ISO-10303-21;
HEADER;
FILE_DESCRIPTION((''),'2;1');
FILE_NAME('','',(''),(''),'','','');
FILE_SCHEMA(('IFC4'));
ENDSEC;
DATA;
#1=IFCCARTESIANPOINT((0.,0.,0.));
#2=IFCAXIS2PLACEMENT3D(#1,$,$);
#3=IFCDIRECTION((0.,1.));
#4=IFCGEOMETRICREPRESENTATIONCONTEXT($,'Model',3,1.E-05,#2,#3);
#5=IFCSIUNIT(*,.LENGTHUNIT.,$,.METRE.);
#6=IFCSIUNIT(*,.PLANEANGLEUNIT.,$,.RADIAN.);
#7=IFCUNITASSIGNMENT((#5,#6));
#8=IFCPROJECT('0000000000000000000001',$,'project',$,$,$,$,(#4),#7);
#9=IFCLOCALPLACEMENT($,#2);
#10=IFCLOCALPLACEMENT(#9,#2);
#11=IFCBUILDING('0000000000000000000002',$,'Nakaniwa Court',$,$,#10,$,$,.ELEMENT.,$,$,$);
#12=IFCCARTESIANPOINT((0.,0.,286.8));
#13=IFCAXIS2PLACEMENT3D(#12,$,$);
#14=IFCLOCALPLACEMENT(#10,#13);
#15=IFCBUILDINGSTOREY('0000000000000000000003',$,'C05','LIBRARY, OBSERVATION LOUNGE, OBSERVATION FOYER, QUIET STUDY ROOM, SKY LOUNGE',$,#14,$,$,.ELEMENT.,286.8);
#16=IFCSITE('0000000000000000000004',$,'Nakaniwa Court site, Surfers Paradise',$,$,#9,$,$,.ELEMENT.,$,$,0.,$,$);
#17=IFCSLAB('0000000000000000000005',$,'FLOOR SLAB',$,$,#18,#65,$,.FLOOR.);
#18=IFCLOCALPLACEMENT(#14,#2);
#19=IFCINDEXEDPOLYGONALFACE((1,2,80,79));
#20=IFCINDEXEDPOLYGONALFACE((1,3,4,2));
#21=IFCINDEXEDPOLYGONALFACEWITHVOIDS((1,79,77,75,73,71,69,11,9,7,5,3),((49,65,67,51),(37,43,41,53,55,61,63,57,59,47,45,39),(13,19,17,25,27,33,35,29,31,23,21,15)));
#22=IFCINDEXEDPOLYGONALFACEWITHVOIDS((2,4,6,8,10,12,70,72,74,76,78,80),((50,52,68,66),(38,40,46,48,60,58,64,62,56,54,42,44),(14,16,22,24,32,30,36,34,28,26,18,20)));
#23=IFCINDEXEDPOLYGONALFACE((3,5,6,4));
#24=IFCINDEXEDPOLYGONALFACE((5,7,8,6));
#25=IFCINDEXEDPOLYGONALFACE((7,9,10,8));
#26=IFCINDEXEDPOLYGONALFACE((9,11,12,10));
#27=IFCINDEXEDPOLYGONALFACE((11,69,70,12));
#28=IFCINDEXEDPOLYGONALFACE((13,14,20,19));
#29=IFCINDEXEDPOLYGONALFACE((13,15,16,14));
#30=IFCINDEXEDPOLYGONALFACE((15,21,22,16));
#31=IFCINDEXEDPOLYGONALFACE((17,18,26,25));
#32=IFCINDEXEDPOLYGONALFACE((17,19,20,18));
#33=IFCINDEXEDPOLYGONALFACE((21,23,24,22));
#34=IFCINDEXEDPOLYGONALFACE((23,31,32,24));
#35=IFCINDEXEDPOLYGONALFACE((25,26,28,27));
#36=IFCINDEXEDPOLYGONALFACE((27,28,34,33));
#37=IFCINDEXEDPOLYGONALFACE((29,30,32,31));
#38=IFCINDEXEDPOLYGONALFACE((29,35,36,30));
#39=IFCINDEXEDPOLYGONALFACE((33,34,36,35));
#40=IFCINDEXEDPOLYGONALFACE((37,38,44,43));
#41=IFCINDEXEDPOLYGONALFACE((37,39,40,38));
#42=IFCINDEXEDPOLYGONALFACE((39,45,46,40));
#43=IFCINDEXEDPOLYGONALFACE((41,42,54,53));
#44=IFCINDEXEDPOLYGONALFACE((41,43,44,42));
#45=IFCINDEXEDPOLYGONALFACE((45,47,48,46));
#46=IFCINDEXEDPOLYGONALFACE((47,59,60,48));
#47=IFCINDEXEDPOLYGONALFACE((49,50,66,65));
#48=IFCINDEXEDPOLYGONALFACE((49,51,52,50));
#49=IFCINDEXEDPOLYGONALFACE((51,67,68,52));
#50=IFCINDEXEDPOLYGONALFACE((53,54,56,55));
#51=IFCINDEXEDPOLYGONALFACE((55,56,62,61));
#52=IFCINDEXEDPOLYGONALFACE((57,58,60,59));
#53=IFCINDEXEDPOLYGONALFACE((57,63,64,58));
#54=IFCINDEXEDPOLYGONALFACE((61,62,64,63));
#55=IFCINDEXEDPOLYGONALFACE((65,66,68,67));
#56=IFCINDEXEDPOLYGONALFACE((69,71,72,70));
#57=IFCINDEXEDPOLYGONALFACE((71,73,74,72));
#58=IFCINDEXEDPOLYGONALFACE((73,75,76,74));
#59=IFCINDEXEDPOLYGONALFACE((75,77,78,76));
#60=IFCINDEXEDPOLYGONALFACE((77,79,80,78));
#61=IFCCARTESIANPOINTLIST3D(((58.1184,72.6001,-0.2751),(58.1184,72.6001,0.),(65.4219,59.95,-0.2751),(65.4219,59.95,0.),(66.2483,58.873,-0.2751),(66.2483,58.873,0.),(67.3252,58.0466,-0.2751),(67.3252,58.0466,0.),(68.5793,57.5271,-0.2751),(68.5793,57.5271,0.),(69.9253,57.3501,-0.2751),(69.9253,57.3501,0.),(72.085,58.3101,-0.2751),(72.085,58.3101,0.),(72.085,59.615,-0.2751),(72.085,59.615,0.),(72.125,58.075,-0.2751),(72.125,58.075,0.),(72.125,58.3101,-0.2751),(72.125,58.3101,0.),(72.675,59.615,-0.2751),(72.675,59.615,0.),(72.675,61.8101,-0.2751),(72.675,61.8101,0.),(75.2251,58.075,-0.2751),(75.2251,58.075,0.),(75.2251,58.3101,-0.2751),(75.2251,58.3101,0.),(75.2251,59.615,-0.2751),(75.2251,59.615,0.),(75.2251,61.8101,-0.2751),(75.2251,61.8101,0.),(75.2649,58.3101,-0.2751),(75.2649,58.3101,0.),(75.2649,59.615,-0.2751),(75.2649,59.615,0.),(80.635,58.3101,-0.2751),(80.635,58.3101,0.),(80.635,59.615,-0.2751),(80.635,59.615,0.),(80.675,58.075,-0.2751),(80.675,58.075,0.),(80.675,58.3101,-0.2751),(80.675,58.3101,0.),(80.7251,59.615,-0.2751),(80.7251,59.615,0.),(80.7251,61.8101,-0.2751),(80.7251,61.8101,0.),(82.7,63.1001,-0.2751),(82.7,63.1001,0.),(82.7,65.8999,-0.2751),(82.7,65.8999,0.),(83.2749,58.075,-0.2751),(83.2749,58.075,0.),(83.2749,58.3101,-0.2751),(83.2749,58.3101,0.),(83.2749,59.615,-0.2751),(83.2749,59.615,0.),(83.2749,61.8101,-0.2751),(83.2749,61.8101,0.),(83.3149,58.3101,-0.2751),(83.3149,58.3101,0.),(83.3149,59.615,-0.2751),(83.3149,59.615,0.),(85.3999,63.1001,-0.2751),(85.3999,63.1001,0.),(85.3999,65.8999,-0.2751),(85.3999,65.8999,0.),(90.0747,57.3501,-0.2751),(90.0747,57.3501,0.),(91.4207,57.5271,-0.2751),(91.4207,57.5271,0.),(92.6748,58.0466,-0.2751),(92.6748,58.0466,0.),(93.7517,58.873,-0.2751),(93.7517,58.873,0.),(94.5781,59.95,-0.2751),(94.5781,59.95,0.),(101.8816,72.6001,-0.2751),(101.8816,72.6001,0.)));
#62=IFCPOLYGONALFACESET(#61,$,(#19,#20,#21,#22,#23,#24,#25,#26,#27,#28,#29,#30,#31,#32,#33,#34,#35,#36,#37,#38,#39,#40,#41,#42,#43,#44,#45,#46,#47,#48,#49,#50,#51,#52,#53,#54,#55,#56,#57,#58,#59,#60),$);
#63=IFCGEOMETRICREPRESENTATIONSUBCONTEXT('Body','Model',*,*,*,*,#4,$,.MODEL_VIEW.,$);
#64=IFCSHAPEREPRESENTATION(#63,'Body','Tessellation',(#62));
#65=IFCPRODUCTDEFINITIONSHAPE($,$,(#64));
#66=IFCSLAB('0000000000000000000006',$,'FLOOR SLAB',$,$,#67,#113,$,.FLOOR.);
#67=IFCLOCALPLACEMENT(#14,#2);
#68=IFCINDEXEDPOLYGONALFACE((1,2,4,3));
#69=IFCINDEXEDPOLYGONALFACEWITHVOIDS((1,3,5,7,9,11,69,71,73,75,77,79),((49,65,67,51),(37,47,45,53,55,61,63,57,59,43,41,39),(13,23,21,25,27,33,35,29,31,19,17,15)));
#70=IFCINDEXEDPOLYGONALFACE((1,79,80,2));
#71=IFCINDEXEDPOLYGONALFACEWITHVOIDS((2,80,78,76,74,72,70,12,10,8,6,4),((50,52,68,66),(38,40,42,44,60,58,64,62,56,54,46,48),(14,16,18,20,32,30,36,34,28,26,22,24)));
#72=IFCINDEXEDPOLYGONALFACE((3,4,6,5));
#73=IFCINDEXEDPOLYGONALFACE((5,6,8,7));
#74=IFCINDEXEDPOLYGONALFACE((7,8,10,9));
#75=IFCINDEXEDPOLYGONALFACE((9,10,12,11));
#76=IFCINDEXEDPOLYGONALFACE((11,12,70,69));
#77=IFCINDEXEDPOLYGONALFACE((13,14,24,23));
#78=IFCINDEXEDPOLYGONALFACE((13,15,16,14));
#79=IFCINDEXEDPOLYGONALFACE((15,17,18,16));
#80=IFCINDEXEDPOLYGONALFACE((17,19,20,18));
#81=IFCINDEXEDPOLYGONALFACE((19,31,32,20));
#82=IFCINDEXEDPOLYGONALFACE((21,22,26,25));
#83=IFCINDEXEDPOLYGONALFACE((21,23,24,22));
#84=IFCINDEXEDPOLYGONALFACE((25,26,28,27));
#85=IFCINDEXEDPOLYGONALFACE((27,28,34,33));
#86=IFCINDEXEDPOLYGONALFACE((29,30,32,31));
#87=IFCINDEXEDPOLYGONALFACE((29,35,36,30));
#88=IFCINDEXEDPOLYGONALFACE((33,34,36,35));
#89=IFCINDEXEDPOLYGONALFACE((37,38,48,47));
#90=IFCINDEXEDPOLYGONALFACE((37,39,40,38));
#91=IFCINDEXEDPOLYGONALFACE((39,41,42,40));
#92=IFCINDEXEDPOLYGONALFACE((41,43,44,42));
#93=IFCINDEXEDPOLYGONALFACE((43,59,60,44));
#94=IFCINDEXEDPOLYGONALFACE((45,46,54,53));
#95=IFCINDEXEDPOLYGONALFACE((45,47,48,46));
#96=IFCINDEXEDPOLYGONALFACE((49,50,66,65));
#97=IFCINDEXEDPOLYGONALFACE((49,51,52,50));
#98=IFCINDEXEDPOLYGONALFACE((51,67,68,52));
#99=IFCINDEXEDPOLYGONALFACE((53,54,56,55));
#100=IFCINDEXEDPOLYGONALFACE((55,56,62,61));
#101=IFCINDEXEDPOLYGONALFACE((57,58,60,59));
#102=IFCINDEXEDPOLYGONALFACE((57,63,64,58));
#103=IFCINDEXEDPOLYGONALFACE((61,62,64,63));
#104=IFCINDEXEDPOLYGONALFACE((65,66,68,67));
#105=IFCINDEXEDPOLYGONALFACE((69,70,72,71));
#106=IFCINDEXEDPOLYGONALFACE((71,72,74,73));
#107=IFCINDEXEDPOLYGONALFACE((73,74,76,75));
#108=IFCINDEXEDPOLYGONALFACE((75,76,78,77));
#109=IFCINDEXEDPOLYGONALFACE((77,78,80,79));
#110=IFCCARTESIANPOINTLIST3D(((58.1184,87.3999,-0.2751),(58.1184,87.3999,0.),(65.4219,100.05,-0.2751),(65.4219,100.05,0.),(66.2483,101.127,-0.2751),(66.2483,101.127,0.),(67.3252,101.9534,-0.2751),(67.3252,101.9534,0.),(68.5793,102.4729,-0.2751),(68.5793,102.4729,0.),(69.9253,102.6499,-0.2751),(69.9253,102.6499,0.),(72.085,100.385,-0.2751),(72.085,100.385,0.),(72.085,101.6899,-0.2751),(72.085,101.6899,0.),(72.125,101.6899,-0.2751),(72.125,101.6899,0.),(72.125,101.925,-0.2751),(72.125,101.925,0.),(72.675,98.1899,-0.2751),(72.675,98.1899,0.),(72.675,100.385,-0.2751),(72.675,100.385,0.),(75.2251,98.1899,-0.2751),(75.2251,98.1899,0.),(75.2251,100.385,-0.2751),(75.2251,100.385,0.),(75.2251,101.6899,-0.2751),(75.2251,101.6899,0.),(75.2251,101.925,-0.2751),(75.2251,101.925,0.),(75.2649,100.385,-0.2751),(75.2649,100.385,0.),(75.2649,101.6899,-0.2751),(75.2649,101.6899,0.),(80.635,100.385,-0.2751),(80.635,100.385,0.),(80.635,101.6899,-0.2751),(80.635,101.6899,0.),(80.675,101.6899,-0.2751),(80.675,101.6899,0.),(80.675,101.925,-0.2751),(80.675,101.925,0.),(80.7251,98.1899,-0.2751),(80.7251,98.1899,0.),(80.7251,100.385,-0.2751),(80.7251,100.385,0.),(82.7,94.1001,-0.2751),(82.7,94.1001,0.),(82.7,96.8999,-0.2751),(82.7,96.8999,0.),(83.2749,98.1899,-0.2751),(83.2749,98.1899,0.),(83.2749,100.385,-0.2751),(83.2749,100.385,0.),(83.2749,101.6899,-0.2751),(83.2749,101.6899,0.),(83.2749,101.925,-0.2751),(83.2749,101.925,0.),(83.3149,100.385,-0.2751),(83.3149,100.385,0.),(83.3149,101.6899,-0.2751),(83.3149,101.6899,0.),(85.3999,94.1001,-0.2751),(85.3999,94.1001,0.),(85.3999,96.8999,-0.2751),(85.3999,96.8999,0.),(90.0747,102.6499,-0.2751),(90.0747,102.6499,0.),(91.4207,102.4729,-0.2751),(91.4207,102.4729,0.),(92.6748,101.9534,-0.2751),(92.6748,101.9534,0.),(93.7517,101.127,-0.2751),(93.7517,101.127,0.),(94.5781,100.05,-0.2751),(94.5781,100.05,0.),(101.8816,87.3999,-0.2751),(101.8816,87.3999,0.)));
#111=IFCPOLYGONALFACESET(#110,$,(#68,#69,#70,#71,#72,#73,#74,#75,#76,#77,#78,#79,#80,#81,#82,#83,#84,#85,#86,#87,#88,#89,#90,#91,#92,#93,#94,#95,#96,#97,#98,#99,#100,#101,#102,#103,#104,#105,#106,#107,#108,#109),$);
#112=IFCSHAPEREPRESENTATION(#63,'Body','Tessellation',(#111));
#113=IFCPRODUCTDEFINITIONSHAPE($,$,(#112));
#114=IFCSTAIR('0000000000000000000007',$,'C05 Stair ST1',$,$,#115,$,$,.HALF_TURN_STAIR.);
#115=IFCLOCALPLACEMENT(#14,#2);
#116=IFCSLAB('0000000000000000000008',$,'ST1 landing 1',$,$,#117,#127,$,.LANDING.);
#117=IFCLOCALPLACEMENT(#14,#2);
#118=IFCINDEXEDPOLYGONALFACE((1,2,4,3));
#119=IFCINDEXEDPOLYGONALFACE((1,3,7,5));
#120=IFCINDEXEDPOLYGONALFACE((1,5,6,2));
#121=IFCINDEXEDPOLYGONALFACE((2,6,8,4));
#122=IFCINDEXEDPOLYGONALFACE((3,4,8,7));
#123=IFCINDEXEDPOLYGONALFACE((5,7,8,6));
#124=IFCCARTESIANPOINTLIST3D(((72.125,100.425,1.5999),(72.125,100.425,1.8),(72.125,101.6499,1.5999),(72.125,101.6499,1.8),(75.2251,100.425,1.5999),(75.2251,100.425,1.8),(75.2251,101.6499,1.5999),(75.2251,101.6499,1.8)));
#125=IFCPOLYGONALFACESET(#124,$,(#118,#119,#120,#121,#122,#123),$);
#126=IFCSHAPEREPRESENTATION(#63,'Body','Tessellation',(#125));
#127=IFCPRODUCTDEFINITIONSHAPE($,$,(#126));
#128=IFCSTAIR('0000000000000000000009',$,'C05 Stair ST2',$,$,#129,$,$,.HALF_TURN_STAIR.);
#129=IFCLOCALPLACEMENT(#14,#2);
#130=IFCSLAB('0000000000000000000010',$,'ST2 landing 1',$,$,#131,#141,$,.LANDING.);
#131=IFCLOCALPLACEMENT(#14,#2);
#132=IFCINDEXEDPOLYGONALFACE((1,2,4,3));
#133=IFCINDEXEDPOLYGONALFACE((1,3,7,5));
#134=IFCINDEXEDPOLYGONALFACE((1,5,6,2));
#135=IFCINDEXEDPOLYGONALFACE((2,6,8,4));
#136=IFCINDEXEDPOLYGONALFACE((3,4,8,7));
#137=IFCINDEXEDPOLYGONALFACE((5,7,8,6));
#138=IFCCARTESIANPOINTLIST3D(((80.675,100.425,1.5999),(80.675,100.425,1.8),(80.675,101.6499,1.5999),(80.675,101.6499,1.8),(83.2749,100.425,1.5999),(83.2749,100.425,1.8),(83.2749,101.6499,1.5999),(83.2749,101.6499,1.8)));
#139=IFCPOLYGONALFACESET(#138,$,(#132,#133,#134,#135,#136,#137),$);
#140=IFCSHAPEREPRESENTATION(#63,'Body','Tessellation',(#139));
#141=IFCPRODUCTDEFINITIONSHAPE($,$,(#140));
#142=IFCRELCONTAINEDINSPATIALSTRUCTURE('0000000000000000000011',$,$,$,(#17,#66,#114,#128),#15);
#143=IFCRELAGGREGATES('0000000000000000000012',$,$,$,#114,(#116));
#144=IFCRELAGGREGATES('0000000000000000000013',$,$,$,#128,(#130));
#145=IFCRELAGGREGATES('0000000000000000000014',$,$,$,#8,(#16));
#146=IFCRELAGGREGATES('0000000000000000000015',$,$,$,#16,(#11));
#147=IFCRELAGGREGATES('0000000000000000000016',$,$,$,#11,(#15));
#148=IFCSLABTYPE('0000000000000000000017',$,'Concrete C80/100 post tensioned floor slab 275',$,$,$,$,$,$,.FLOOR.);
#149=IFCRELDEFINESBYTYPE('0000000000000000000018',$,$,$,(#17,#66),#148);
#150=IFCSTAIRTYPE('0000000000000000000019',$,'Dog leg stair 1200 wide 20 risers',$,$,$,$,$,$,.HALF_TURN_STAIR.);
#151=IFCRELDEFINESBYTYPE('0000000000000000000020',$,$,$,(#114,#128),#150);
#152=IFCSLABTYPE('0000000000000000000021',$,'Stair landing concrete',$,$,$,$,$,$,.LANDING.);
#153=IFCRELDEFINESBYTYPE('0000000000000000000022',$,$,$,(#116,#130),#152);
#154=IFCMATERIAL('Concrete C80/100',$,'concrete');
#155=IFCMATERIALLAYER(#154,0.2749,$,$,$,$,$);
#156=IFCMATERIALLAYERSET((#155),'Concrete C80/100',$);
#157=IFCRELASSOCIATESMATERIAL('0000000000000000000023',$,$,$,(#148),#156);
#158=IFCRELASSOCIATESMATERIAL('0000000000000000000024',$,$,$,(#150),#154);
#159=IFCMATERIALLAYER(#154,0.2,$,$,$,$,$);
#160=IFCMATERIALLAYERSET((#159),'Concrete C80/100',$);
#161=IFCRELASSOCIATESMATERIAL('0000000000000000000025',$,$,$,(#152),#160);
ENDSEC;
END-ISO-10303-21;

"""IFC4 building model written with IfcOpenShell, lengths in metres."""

from ifc_helpers import new_model, si_unit, direction, frame, origin, place, context, subcontext, project, spatial, polyline, outline, extrude, material, layer, layer_set, type_object, element, aggregate, save


model = new_model("IFC4")

# Units and contexts
model_context = context("Model", 3, precision=1e-05, world=origin(), true_north=direction((0.0, 1.0)))
body_context = subcontext(model_context, "Body", "Model", "MODEL_VIEW")
ifc_project = project(units=[si_unit("LENGTHUNIT", "METRE"), si_unit("PLANEANGLEUNIT", "RADIAN")], contexts=[model_context])

# Site, building, storey
site_placement = place(None, origin())
site = spatial("IfcSite", under=ifc_project, at=site_placement, Name="Nakaniwa Court site, Surfers Paradise", CompositionType="ELEMENT", RefElevation=0.0)
building_placement = place(site_placement, origin())
building = spatial("IfcBuilding", under=site, at=building_placement, Name="Nakaniwa Court", CompositionType="ELEMENT")
storey_placement = place(building_placement, frame((0.0, 0.0, 286.8)))
storey = spatial("IfcBuildingStorey", under=building, at=storey_placement, Name="C05", Description="LIBRARY, OBSERVATION LOUNGE, OBSERVATION FOYER, QUIET STUDY ROOM, SKY LOUNGE", CompositionType="ELEMENT", Elevation=286.8)

# Shared definitions
ifc_material_1 = material(Name="Concrete C80/100", Category="concrete")

# Slabs
ifc_layer_1 = layer(ifc_material_1, 0.2749)
ifc_layer_set_1 = layer_set([ifc_layer_1], Name="Concrete C80/100")
slab_type_1 = type_object("IfcSlabType", Name="Concrete C80/100 post tensioned floor slab 275", PredefinedType="FLOOR", material=ifc_layer_set_1)
slab_1_placement = place(storey_placement, frame((0.0, 0.0, -0.2751)))
element("IfcSlab", 1, at=slab_1_placement, inside=storey, type_object=slab_type_1, Name="FLOOR SLAB", PredefinedType="FLOOR", context=body_context, shape_type="SweptSolid", body=[
    extrude(outline(polyline([(93.7517, 58.873), (94.5781, 59.95), (101.8816, 72.6001), (58.1184, 72.6001), (65.4219, 59.95), (66.2483, 58.873), (67.3252, 58.0466), (68.5793, 57.5271), (69.9253, 57.3501), (90.0747, 57.3501), (91.4207, 57.5271), (92.6748, 58.0466), (93.7517, 58.873)]), holes=[polyline([(75.2251, 58.3101), (75.2649, 58.3101), (75.2649, 59.615), (75.2251, 59.615), (75.2251, 61.8101), (72.675, 61.8101), (72.675, 59.615), (72.085, 59.615), (72.085, 58.3101), (72.125, 58.3101), (72.125, 58.075), (75.2251, 58.075), (75.2251, 58.3101)]), polyline([(83.2749, 58.3101), (83.3149, 58.3101), (83.3149, 59.615), (83.2749, 59.615), (83.2749, 61.8101), (80.7251, 61.8101), (80.7251, 59.615), (80.635, 59.615), (80.635, 58.3101), (80.675, 58.3101), (80.675, 58.075), (83.2749, 58.075), (83.2749, 58.3101)]), polyline([(82.7, 63.1001), (85.3999, 63.1001), (85.3999, 65.8999), (82.7, 65.8999), (82.7, 63.1001)])]), origin(), (0.0, 0.0, 1.0), 0.2751),
])
slab_2_placement = place(storey_placement, frame((0.0, 0.0, -0.2751)))
element("IfcSlab", 2, at=slab_2_placement, inside=storey, type_object=slab_type_1, Name="FLOOR SLAB", PredefinedType="FLOOR", context=body_context, shape_type="SweptSolid", body=[
    extrude(outline(polyline([(66.2483, 101.127), (65.4219, 100.05), (58.1184, 87.3999), (101.8816, 87.3999), (94.5781, 100.05), (93.7517, 101.127), (92.6748, 101.9534), (91.4207, 102.4729), (90.0747, 102.6499), (69.9253, 102.6499), (68.5793, 102.4729), (67.3252, 101.9534), (66.2483, 101.127)]), holes=[polyline([(85.3999, 94.1001), (85.3999, 96.8999), (82.7, 96.8999), (82.7, 94.1001), (85.3999, 94.1001)]), polyline([(75.2251, 98.1899), (75.2251, 100.385), (75.2649, 100.385), (75.2649, 101.6899), (75.2251, 101.6899), (75.2251, 101.925), (72.125, 101.925), (72.125, 101.6899), (72.085, 101.6899), (72.085, 100.385), (72.675, 100.385), (72.675, 98.1899), (75.2251, 98.1899)]), polyline([(83.2749, 100.385), (83.3149, 100.385), (83.3149, 101.6899), (83.2749, 101.6899), (83.2749, 101.925), (80.675, 101.925), (80.675, 101.6899), (80.635, 101.6899), (80.635, 100.385), (80.7251, 100.385), (80.7251, 98.1899), (83.2749, 98.1899), (83.2749, 100.385)])]), origin(), (0.0, 0.0, 1.0), 0.2751),
])

# Stairs, slabs
stair_type = type_object("IfcStairType", Name="Dog leg stair 1200 wide 20 risers", PredefinedType="HALF_TURN_STAIR", material=ifc_material_1)
stair_1_placement = place(storey_placement, origin())
stair_1 = element("IfcStair", 3, at=stair_1_placement, inside=storey, type_object=stair_type, Name="C05 Stair ST1", PredefinedType="HALF_TURN_STAIR")
ifc_layer_2 = layer(ifc_material_1, 0.2)
ifc_layer_set_2 = layer_set([ifc_layer_2], Name="Concrete C80/100")
slab_type_2 = type_object("IfcSlabType", Name="Stair landing concrete", PredefinedType="LANDING", material=ifc_layer_set_2)
slab_3_placement = place(storey_placement, frame((0.0, 0.0, 1.5999)))
slab_3 = element("IfcSlab", 4, at=slab_3_placement, type_object=slab_type_2, Name="ST1 landing 1", PredefinedType="LANDING", context=body_context, shape_type="SweptSolid", body=[
    extrude(outline(polyline([(75.2251, 100.425), (75.2251, 101.6499), (72.125, 101.6499), (72.125, 100.425), (75.2251, 100.425)])), origin(), (0.0, 0.0, 1.0), 0.2002),
])
aggregate(stair_1, [slab_3])
stair_2_placement = place(storey_placement, origin())
stair_2 = element("IfcStair", 5, at=stair_2_placement, inside=storey, type_object=stair_type, Name="C05 Stair ST2", PredefinedType="HALF_TURN_STAIR")
slab_4_placement = place(storey_placement, frame((0.0, 0.0, 1.5999)))
slab_4 = element("IfcSlab", 6, at=slab_4_placement, type_object=slab_type_2, Name="ST2 landing 1", PredefinedType="LANDING", context=body_context, shape_type="SweptSolid", body=[
    extrude(outline(polyline([(83.2749, 100.425), (83.2749, 101.6499), (80.675, 101.6499), (80.675, 100.425), (83.2749, 100.425)])), origin(), (0.0, 0.0, 1.0), 0.2002),
])
aggregate(stair_2, [slab_4])

save(model, "model.ifc")
